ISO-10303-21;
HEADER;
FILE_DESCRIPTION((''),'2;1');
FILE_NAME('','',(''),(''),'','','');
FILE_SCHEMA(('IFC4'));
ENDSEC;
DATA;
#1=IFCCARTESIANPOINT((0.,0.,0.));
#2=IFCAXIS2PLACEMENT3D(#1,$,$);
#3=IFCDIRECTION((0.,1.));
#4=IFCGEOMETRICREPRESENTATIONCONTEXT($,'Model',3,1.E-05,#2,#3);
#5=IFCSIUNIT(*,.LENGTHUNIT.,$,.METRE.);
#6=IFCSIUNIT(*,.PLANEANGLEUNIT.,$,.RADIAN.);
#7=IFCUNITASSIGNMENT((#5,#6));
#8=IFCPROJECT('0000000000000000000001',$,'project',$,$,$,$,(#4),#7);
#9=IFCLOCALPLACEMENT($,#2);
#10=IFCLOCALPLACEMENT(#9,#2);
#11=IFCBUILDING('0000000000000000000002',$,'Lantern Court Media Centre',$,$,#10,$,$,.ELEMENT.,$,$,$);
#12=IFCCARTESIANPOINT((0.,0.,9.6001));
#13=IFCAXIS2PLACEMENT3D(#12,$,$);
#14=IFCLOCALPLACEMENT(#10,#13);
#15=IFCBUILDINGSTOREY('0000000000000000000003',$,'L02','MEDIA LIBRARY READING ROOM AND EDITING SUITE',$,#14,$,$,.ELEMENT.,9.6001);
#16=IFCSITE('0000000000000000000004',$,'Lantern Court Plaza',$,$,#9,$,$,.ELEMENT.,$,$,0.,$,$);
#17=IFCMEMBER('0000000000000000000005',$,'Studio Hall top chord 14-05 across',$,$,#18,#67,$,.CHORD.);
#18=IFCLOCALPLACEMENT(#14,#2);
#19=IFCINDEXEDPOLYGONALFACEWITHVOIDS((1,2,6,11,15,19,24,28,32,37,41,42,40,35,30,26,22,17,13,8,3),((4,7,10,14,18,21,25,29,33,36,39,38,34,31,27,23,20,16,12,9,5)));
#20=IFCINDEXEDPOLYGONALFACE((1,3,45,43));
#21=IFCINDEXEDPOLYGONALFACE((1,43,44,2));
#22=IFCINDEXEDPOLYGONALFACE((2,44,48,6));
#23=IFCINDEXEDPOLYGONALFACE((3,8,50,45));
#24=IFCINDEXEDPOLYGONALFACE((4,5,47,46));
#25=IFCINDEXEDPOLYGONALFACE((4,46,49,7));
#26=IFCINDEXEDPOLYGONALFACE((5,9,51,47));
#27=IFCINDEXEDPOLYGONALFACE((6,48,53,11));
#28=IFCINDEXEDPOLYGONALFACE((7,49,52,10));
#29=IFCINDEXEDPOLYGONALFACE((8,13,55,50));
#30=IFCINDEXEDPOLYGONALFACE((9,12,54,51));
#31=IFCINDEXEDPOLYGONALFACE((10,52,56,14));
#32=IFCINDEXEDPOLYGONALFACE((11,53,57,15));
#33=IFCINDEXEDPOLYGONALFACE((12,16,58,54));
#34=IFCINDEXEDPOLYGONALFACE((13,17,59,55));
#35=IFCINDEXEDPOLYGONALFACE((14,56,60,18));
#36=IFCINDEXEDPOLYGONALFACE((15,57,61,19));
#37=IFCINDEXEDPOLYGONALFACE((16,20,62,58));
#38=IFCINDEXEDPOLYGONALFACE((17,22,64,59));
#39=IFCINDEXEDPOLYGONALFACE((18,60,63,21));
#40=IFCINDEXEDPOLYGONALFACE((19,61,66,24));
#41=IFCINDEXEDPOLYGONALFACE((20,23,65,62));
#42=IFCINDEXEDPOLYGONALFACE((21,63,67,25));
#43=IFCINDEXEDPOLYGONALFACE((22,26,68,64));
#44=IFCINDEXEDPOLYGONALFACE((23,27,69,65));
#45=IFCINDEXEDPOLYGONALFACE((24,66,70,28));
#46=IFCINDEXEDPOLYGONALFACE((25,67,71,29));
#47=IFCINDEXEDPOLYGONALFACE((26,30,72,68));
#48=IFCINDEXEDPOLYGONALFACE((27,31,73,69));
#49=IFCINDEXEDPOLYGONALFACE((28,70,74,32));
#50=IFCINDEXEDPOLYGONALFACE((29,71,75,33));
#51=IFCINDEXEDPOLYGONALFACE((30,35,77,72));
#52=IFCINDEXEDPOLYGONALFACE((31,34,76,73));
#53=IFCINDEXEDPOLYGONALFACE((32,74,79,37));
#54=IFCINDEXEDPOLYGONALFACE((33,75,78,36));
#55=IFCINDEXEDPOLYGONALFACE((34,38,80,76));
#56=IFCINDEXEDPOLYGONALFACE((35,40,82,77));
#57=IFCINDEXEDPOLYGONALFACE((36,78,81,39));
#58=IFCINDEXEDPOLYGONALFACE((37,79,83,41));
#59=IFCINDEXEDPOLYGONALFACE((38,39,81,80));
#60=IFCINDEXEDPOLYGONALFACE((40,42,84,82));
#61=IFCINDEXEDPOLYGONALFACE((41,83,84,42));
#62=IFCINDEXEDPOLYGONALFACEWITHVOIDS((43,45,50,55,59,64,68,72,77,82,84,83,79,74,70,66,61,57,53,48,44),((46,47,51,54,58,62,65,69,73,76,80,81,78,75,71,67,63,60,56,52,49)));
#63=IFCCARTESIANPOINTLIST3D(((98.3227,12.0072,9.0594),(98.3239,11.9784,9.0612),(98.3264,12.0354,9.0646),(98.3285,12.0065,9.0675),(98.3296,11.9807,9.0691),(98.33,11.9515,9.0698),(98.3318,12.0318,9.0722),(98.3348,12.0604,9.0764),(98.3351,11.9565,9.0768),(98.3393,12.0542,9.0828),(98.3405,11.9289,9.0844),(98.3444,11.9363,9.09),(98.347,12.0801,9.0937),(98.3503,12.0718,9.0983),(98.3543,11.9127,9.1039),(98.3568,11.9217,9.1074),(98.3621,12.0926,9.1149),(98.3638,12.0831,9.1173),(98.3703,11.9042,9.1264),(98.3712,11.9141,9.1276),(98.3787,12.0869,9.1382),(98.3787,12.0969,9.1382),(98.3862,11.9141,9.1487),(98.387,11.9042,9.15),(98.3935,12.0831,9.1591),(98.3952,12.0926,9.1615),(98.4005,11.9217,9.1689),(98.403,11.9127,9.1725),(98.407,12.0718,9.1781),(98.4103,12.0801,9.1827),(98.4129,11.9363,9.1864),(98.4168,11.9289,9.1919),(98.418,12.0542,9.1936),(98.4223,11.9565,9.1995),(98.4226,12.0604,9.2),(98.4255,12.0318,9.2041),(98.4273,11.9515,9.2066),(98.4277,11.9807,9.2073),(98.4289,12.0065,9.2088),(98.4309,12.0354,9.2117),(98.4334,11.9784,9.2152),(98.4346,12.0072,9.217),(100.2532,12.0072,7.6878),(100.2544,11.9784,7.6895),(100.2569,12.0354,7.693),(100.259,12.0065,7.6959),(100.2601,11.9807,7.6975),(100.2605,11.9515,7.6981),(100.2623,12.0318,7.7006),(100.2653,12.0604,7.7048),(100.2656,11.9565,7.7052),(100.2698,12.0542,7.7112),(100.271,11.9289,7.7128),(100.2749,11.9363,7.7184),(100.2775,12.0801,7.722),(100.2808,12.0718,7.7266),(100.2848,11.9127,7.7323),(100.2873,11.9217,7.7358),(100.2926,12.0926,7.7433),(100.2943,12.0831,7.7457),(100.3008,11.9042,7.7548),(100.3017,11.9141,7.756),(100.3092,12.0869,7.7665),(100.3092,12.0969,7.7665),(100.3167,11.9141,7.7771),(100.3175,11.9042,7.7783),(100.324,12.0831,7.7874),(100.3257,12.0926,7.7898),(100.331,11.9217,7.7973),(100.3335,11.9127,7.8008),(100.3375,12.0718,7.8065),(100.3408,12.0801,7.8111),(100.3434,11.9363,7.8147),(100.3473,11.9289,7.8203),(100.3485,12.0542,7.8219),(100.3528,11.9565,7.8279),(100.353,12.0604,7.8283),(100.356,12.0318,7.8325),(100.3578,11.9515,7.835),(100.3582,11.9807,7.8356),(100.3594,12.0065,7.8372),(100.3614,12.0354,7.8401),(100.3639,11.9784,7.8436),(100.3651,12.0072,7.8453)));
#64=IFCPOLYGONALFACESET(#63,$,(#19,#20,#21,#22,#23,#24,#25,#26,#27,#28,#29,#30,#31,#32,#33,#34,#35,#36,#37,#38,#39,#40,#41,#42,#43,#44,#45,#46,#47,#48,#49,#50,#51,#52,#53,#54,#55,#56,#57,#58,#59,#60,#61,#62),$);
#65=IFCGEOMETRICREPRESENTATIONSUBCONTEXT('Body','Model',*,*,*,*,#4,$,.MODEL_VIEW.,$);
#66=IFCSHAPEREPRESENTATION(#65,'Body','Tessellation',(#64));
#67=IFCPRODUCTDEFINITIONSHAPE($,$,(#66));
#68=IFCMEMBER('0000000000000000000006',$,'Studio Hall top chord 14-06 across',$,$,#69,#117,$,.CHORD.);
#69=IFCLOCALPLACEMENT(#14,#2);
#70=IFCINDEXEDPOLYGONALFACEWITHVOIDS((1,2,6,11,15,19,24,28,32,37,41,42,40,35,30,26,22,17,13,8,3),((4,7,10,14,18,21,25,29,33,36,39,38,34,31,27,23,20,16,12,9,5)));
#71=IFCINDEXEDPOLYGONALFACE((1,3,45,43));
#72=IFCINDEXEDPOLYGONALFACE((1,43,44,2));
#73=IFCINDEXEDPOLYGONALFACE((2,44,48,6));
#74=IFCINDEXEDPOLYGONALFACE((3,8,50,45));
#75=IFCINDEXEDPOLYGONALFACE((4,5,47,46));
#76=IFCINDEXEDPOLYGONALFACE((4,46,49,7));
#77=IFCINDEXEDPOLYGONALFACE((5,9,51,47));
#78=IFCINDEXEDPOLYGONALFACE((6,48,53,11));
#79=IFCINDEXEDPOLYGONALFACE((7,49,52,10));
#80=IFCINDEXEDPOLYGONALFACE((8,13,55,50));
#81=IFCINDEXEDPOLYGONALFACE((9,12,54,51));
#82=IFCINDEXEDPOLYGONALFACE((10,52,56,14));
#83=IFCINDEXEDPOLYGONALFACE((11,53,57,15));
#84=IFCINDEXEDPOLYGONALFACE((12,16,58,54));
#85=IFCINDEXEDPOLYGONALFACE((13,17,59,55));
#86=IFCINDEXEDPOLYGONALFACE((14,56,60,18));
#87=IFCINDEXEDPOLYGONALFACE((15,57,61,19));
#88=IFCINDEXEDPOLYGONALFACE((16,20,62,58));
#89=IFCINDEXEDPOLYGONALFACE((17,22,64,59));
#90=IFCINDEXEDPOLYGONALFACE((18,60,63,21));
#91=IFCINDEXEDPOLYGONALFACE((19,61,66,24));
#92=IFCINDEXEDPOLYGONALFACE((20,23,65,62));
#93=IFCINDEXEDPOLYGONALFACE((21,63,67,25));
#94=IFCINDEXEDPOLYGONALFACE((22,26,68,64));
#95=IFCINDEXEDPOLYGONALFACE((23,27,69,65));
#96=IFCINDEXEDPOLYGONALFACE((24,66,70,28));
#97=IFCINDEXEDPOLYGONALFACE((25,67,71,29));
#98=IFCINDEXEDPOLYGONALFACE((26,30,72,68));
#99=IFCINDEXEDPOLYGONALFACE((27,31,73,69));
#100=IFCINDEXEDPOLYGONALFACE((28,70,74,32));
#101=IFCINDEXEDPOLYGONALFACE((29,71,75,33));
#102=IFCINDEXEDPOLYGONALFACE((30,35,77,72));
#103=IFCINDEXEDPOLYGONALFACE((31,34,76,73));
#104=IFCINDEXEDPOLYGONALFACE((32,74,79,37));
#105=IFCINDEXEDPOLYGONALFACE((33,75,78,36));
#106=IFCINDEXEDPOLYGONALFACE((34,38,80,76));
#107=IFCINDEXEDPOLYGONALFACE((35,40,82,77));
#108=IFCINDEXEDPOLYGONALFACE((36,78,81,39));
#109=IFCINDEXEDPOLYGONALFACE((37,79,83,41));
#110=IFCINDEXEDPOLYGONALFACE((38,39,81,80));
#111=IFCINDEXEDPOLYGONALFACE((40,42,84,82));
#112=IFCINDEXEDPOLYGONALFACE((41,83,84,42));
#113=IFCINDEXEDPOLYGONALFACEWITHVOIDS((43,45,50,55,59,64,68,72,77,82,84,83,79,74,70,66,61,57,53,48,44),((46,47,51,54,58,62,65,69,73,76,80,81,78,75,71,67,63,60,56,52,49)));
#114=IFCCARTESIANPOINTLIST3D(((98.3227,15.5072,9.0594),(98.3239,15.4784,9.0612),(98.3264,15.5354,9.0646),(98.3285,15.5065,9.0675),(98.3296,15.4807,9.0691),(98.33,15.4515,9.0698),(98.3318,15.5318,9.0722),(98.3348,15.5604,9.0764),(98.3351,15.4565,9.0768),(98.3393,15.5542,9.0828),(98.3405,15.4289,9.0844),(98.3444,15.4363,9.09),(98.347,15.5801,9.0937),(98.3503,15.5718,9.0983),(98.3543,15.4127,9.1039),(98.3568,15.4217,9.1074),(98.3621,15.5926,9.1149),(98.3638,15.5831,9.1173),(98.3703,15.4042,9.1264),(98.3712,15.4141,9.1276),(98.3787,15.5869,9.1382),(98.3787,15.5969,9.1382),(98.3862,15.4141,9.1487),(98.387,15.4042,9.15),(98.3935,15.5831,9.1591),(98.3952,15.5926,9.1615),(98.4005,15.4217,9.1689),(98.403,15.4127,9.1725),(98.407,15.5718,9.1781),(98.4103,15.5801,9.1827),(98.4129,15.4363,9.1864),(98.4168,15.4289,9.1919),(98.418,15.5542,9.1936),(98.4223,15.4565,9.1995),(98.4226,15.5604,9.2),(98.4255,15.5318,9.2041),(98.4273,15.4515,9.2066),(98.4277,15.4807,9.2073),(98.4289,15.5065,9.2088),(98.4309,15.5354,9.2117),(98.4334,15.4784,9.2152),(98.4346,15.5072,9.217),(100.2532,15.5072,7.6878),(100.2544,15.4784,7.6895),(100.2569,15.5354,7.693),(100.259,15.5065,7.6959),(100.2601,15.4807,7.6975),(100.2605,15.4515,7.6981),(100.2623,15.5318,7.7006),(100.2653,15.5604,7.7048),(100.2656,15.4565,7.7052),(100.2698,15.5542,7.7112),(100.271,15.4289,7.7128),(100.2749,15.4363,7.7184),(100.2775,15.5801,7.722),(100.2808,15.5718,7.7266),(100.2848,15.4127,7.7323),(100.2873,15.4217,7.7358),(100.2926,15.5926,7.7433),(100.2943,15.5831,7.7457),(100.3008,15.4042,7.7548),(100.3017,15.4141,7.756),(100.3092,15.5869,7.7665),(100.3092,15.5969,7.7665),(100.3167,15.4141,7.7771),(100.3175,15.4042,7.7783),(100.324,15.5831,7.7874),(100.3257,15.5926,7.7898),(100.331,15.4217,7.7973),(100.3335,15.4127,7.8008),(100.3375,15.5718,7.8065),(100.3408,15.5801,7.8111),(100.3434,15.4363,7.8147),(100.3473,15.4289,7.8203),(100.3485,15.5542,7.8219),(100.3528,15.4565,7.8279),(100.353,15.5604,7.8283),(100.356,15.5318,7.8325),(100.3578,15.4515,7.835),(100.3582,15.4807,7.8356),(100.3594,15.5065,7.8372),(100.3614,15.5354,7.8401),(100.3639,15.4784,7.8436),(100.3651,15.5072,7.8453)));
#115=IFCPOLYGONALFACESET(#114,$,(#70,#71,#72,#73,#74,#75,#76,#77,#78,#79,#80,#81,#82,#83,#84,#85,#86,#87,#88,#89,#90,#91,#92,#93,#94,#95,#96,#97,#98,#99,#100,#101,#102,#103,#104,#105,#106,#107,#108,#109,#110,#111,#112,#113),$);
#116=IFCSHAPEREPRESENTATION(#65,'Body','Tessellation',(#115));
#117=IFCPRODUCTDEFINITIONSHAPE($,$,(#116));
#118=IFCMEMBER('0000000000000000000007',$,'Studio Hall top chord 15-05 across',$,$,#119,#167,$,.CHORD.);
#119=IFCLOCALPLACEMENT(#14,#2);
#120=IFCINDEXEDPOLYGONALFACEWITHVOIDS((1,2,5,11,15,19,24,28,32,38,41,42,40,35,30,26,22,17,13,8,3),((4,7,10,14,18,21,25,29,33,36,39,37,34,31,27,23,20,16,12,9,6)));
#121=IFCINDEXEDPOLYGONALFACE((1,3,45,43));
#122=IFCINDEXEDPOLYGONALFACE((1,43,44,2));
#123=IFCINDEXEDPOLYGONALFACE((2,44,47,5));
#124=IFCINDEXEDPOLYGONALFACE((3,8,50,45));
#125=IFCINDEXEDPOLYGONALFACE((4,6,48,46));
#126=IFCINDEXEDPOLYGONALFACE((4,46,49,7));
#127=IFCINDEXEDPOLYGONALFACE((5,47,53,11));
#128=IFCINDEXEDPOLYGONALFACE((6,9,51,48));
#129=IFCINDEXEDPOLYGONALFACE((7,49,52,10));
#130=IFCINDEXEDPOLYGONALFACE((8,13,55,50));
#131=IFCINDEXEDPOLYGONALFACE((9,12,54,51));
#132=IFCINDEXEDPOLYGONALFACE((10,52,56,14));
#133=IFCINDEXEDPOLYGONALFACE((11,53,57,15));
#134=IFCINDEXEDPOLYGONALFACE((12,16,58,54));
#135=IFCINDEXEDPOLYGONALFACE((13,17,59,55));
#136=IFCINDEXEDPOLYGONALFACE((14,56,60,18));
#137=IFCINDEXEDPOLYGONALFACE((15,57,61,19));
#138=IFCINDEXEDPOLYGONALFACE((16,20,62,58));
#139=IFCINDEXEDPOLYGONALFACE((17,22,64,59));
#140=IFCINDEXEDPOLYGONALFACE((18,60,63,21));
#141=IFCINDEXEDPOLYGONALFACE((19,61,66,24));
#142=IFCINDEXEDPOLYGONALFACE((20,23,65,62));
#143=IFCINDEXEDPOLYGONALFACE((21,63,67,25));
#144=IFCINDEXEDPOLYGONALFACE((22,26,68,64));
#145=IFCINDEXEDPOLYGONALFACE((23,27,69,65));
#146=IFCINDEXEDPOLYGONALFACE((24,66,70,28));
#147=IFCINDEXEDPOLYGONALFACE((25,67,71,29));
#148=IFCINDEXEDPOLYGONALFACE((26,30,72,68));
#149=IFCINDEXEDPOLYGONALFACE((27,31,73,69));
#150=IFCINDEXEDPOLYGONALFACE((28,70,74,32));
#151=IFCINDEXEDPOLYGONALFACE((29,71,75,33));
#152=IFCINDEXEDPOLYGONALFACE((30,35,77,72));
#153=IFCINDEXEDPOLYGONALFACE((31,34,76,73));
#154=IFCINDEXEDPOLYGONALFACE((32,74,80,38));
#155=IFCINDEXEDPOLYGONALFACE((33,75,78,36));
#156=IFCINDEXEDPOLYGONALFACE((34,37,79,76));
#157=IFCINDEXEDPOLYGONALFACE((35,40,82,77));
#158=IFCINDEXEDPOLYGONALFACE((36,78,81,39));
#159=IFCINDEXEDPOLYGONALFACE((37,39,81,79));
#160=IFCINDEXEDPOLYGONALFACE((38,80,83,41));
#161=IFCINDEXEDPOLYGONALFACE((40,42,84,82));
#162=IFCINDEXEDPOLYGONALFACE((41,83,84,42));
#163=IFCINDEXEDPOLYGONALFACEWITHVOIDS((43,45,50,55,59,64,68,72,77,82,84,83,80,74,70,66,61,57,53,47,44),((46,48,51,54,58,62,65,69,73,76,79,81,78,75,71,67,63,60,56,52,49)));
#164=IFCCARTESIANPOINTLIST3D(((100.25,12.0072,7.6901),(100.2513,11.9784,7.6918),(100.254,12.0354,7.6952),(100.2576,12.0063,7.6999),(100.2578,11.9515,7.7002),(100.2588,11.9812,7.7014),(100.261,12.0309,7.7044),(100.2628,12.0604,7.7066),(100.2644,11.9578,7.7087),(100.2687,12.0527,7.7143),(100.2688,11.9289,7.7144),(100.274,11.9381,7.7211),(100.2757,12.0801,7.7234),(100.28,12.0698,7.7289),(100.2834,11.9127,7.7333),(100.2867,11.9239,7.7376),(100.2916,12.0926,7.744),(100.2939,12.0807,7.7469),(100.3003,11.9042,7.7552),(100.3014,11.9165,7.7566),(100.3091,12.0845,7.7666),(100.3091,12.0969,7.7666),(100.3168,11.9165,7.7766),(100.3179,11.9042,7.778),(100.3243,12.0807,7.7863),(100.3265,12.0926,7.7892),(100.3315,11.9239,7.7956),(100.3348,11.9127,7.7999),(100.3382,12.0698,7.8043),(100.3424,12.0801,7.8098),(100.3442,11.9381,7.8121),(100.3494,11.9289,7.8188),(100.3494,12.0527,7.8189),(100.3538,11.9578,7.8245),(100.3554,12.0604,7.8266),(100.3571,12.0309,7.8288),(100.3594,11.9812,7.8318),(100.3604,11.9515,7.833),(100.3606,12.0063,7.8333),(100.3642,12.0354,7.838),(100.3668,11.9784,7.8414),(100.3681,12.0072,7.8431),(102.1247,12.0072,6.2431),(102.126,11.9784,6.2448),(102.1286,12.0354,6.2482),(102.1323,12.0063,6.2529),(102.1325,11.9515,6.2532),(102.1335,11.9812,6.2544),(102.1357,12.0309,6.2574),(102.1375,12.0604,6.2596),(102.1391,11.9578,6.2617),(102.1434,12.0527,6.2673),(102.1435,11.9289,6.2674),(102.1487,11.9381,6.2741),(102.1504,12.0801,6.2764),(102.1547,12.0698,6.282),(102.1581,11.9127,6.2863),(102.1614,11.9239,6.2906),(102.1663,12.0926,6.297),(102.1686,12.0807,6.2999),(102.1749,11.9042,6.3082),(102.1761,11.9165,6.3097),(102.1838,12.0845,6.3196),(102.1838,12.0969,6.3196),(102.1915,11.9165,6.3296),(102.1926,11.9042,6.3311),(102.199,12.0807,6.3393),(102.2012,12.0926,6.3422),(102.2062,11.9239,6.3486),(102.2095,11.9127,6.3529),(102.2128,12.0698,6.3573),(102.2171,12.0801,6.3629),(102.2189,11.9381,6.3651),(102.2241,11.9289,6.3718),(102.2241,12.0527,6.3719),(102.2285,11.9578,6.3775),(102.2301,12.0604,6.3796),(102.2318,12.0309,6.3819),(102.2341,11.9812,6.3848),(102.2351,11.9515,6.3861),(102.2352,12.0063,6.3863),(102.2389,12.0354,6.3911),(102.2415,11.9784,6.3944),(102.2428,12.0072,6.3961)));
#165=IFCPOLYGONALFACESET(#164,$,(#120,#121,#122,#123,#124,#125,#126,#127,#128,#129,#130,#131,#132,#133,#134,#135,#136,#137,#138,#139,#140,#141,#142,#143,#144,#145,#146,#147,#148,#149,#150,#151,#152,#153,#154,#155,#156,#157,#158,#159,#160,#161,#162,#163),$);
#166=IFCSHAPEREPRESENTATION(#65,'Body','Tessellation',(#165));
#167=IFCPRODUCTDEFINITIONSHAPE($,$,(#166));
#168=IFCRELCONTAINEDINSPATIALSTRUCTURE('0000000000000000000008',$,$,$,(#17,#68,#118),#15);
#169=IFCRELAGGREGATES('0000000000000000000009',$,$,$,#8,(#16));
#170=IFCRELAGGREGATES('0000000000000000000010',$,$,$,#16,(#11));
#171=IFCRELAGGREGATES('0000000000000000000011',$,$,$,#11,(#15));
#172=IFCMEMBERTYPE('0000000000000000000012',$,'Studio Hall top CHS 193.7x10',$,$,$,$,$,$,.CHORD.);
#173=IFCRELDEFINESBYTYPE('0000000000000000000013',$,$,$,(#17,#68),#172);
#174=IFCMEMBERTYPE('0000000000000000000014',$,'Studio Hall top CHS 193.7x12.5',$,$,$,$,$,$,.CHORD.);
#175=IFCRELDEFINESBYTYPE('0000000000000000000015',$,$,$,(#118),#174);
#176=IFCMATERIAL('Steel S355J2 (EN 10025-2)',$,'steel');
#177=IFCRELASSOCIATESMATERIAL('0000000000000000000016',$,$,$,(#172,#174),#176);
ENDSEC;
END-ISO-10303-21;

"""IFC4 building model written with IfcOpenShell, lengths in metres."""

from ifc_helpers import new_model, si_unit, direction, frame, origin, origin_2d, place, context, subcontext, project, spatial, hollow_circle, extrude, material, material_profile, profile_set, type_object, element, save


model = new_model("IFC4")

# Units and contexts
model_context = context("Model", 3, precision=1e-05, world=origin(), true_north=direction((0.0, 1.0)))
body_context = subcontext(model_context, "Body", "Model", "MODEL_VIEW")
ifc_project = project(units=[si_unit("LENGTHUNIT", "METRE"), si_unit("PLANEANGLEUNIT", "RADIAN")], contexts=[model_context])

# Site, building, storey
site_placement = place(None, origin())
site = spatial("IfcSite", under=ifc_project, at=site_placement, Name="Lantern Court Plaza", CompositionType="ELEMENT", RefElevation=0.0)
building_placement = place(site_placement, origin())
building = spatial("IfcBuilding", under=site, at=building_placement, Name="Lantern Court Media Centre", CompositionType="ELEMENT")
storey_placement = place(building_placement, frame((0.0, 0.0, 9.6001)))
storey = spatial("IfcBuildingStorey", under=building, at=storey_placement, Name="L02", Description="MEDIA LIBRARY READING ROOM AND EDITING SUITE", CompositionType="ELEMENT", Elevation=9.6001)

# Members
ifc_material = material(Name="Steel S355J2 (EN 10025-2)", Category="steel")
ifc_material_profile_1 = material_profile(ifc_material, hollow_circle(Radius=0.0969, WallThickness=0.01, at=origin_2d()), Name="Studio Hall top CHS 193.7x10")
ifc_profile_set_1 = profile_set([ifc_material_profile_1], Name="Steel S355J2 (EN 10025-2)")
member_type_1 = type_object("IfcMemberType", Name="Studio Hall top CHS 193.7x10", PredefinedType="CHORD", material=ifc_profile_set_1)
for number, where, z_axis, x_axis, name in (
    (1, (98.3787, 12.0, 9.1382), (0.815187, 0.0, -0.579198), (0.0, 1.0, 0.0), "Studio Hall top chord 14-05 across"),
    (2, (98.3787, 15.5, 9.1382), (0.815187, 0.0, -0.579198), (0.0, 1.0, 0.0), "Studio Hall top chord 14-06 across"),
):
    element("IfcMember", number, at=place(storey_placement, frame(where, z_axis=z_axis, x_axis=x_axis)), inside=storey, type_object=member_type_1, Name=name, PredefinedType="CHORD", context=body_context, shape_type="SweptSolid", body=[
        extrude(hollow_circle(Radius=0.0969, WallThickness=0.01, at=origin_2d()), origin(), (0.0, 0.0, 1.0), 2.3682),
    ])
ifc_material_profile_2 = material_profile(ifc_material, hollow_circle(Radius=0.0969, WallThickness=0.0125, at=origin_2d()), Name="Studio Hall top CHS 193.7x12.5")
ifc_profile_set_2 = profile_set([ifc_material_profile_2], Name="Steel S355J2 (EN 10025-2)")
member_type_2 = type_object("IfcMemberType", Name="Studio Hall top CHS 193.7x12.5", PredefinedType="CHORD", material=ifc_profile_set_2)
for number, where, z_axis, x_axis, name in (
    (3, (100.3091, 12.0, 7.7666), (0.791623, 0.0, -0.61101), (0.0, 1.0, 0.0), "Studio Hall top chord 15-05 across"),
):
    element("IfcMember", number, at=place(storey_placement, frame(where, z_axis=z_axis, x_axis=x_axis)), inside=storey, type_object=member_type_2, Name=name, PredefinedType="CHORD", context=body_context, shape_type="SweptSolid", body=[
        extrude(hollow_circle(Radius=0.0969, WallThickness=0.0125, at=origin_2d()), origin(), (0.0, 0.0, 1.0), 2.3682),
    ])

save(model, "model.ifc")
